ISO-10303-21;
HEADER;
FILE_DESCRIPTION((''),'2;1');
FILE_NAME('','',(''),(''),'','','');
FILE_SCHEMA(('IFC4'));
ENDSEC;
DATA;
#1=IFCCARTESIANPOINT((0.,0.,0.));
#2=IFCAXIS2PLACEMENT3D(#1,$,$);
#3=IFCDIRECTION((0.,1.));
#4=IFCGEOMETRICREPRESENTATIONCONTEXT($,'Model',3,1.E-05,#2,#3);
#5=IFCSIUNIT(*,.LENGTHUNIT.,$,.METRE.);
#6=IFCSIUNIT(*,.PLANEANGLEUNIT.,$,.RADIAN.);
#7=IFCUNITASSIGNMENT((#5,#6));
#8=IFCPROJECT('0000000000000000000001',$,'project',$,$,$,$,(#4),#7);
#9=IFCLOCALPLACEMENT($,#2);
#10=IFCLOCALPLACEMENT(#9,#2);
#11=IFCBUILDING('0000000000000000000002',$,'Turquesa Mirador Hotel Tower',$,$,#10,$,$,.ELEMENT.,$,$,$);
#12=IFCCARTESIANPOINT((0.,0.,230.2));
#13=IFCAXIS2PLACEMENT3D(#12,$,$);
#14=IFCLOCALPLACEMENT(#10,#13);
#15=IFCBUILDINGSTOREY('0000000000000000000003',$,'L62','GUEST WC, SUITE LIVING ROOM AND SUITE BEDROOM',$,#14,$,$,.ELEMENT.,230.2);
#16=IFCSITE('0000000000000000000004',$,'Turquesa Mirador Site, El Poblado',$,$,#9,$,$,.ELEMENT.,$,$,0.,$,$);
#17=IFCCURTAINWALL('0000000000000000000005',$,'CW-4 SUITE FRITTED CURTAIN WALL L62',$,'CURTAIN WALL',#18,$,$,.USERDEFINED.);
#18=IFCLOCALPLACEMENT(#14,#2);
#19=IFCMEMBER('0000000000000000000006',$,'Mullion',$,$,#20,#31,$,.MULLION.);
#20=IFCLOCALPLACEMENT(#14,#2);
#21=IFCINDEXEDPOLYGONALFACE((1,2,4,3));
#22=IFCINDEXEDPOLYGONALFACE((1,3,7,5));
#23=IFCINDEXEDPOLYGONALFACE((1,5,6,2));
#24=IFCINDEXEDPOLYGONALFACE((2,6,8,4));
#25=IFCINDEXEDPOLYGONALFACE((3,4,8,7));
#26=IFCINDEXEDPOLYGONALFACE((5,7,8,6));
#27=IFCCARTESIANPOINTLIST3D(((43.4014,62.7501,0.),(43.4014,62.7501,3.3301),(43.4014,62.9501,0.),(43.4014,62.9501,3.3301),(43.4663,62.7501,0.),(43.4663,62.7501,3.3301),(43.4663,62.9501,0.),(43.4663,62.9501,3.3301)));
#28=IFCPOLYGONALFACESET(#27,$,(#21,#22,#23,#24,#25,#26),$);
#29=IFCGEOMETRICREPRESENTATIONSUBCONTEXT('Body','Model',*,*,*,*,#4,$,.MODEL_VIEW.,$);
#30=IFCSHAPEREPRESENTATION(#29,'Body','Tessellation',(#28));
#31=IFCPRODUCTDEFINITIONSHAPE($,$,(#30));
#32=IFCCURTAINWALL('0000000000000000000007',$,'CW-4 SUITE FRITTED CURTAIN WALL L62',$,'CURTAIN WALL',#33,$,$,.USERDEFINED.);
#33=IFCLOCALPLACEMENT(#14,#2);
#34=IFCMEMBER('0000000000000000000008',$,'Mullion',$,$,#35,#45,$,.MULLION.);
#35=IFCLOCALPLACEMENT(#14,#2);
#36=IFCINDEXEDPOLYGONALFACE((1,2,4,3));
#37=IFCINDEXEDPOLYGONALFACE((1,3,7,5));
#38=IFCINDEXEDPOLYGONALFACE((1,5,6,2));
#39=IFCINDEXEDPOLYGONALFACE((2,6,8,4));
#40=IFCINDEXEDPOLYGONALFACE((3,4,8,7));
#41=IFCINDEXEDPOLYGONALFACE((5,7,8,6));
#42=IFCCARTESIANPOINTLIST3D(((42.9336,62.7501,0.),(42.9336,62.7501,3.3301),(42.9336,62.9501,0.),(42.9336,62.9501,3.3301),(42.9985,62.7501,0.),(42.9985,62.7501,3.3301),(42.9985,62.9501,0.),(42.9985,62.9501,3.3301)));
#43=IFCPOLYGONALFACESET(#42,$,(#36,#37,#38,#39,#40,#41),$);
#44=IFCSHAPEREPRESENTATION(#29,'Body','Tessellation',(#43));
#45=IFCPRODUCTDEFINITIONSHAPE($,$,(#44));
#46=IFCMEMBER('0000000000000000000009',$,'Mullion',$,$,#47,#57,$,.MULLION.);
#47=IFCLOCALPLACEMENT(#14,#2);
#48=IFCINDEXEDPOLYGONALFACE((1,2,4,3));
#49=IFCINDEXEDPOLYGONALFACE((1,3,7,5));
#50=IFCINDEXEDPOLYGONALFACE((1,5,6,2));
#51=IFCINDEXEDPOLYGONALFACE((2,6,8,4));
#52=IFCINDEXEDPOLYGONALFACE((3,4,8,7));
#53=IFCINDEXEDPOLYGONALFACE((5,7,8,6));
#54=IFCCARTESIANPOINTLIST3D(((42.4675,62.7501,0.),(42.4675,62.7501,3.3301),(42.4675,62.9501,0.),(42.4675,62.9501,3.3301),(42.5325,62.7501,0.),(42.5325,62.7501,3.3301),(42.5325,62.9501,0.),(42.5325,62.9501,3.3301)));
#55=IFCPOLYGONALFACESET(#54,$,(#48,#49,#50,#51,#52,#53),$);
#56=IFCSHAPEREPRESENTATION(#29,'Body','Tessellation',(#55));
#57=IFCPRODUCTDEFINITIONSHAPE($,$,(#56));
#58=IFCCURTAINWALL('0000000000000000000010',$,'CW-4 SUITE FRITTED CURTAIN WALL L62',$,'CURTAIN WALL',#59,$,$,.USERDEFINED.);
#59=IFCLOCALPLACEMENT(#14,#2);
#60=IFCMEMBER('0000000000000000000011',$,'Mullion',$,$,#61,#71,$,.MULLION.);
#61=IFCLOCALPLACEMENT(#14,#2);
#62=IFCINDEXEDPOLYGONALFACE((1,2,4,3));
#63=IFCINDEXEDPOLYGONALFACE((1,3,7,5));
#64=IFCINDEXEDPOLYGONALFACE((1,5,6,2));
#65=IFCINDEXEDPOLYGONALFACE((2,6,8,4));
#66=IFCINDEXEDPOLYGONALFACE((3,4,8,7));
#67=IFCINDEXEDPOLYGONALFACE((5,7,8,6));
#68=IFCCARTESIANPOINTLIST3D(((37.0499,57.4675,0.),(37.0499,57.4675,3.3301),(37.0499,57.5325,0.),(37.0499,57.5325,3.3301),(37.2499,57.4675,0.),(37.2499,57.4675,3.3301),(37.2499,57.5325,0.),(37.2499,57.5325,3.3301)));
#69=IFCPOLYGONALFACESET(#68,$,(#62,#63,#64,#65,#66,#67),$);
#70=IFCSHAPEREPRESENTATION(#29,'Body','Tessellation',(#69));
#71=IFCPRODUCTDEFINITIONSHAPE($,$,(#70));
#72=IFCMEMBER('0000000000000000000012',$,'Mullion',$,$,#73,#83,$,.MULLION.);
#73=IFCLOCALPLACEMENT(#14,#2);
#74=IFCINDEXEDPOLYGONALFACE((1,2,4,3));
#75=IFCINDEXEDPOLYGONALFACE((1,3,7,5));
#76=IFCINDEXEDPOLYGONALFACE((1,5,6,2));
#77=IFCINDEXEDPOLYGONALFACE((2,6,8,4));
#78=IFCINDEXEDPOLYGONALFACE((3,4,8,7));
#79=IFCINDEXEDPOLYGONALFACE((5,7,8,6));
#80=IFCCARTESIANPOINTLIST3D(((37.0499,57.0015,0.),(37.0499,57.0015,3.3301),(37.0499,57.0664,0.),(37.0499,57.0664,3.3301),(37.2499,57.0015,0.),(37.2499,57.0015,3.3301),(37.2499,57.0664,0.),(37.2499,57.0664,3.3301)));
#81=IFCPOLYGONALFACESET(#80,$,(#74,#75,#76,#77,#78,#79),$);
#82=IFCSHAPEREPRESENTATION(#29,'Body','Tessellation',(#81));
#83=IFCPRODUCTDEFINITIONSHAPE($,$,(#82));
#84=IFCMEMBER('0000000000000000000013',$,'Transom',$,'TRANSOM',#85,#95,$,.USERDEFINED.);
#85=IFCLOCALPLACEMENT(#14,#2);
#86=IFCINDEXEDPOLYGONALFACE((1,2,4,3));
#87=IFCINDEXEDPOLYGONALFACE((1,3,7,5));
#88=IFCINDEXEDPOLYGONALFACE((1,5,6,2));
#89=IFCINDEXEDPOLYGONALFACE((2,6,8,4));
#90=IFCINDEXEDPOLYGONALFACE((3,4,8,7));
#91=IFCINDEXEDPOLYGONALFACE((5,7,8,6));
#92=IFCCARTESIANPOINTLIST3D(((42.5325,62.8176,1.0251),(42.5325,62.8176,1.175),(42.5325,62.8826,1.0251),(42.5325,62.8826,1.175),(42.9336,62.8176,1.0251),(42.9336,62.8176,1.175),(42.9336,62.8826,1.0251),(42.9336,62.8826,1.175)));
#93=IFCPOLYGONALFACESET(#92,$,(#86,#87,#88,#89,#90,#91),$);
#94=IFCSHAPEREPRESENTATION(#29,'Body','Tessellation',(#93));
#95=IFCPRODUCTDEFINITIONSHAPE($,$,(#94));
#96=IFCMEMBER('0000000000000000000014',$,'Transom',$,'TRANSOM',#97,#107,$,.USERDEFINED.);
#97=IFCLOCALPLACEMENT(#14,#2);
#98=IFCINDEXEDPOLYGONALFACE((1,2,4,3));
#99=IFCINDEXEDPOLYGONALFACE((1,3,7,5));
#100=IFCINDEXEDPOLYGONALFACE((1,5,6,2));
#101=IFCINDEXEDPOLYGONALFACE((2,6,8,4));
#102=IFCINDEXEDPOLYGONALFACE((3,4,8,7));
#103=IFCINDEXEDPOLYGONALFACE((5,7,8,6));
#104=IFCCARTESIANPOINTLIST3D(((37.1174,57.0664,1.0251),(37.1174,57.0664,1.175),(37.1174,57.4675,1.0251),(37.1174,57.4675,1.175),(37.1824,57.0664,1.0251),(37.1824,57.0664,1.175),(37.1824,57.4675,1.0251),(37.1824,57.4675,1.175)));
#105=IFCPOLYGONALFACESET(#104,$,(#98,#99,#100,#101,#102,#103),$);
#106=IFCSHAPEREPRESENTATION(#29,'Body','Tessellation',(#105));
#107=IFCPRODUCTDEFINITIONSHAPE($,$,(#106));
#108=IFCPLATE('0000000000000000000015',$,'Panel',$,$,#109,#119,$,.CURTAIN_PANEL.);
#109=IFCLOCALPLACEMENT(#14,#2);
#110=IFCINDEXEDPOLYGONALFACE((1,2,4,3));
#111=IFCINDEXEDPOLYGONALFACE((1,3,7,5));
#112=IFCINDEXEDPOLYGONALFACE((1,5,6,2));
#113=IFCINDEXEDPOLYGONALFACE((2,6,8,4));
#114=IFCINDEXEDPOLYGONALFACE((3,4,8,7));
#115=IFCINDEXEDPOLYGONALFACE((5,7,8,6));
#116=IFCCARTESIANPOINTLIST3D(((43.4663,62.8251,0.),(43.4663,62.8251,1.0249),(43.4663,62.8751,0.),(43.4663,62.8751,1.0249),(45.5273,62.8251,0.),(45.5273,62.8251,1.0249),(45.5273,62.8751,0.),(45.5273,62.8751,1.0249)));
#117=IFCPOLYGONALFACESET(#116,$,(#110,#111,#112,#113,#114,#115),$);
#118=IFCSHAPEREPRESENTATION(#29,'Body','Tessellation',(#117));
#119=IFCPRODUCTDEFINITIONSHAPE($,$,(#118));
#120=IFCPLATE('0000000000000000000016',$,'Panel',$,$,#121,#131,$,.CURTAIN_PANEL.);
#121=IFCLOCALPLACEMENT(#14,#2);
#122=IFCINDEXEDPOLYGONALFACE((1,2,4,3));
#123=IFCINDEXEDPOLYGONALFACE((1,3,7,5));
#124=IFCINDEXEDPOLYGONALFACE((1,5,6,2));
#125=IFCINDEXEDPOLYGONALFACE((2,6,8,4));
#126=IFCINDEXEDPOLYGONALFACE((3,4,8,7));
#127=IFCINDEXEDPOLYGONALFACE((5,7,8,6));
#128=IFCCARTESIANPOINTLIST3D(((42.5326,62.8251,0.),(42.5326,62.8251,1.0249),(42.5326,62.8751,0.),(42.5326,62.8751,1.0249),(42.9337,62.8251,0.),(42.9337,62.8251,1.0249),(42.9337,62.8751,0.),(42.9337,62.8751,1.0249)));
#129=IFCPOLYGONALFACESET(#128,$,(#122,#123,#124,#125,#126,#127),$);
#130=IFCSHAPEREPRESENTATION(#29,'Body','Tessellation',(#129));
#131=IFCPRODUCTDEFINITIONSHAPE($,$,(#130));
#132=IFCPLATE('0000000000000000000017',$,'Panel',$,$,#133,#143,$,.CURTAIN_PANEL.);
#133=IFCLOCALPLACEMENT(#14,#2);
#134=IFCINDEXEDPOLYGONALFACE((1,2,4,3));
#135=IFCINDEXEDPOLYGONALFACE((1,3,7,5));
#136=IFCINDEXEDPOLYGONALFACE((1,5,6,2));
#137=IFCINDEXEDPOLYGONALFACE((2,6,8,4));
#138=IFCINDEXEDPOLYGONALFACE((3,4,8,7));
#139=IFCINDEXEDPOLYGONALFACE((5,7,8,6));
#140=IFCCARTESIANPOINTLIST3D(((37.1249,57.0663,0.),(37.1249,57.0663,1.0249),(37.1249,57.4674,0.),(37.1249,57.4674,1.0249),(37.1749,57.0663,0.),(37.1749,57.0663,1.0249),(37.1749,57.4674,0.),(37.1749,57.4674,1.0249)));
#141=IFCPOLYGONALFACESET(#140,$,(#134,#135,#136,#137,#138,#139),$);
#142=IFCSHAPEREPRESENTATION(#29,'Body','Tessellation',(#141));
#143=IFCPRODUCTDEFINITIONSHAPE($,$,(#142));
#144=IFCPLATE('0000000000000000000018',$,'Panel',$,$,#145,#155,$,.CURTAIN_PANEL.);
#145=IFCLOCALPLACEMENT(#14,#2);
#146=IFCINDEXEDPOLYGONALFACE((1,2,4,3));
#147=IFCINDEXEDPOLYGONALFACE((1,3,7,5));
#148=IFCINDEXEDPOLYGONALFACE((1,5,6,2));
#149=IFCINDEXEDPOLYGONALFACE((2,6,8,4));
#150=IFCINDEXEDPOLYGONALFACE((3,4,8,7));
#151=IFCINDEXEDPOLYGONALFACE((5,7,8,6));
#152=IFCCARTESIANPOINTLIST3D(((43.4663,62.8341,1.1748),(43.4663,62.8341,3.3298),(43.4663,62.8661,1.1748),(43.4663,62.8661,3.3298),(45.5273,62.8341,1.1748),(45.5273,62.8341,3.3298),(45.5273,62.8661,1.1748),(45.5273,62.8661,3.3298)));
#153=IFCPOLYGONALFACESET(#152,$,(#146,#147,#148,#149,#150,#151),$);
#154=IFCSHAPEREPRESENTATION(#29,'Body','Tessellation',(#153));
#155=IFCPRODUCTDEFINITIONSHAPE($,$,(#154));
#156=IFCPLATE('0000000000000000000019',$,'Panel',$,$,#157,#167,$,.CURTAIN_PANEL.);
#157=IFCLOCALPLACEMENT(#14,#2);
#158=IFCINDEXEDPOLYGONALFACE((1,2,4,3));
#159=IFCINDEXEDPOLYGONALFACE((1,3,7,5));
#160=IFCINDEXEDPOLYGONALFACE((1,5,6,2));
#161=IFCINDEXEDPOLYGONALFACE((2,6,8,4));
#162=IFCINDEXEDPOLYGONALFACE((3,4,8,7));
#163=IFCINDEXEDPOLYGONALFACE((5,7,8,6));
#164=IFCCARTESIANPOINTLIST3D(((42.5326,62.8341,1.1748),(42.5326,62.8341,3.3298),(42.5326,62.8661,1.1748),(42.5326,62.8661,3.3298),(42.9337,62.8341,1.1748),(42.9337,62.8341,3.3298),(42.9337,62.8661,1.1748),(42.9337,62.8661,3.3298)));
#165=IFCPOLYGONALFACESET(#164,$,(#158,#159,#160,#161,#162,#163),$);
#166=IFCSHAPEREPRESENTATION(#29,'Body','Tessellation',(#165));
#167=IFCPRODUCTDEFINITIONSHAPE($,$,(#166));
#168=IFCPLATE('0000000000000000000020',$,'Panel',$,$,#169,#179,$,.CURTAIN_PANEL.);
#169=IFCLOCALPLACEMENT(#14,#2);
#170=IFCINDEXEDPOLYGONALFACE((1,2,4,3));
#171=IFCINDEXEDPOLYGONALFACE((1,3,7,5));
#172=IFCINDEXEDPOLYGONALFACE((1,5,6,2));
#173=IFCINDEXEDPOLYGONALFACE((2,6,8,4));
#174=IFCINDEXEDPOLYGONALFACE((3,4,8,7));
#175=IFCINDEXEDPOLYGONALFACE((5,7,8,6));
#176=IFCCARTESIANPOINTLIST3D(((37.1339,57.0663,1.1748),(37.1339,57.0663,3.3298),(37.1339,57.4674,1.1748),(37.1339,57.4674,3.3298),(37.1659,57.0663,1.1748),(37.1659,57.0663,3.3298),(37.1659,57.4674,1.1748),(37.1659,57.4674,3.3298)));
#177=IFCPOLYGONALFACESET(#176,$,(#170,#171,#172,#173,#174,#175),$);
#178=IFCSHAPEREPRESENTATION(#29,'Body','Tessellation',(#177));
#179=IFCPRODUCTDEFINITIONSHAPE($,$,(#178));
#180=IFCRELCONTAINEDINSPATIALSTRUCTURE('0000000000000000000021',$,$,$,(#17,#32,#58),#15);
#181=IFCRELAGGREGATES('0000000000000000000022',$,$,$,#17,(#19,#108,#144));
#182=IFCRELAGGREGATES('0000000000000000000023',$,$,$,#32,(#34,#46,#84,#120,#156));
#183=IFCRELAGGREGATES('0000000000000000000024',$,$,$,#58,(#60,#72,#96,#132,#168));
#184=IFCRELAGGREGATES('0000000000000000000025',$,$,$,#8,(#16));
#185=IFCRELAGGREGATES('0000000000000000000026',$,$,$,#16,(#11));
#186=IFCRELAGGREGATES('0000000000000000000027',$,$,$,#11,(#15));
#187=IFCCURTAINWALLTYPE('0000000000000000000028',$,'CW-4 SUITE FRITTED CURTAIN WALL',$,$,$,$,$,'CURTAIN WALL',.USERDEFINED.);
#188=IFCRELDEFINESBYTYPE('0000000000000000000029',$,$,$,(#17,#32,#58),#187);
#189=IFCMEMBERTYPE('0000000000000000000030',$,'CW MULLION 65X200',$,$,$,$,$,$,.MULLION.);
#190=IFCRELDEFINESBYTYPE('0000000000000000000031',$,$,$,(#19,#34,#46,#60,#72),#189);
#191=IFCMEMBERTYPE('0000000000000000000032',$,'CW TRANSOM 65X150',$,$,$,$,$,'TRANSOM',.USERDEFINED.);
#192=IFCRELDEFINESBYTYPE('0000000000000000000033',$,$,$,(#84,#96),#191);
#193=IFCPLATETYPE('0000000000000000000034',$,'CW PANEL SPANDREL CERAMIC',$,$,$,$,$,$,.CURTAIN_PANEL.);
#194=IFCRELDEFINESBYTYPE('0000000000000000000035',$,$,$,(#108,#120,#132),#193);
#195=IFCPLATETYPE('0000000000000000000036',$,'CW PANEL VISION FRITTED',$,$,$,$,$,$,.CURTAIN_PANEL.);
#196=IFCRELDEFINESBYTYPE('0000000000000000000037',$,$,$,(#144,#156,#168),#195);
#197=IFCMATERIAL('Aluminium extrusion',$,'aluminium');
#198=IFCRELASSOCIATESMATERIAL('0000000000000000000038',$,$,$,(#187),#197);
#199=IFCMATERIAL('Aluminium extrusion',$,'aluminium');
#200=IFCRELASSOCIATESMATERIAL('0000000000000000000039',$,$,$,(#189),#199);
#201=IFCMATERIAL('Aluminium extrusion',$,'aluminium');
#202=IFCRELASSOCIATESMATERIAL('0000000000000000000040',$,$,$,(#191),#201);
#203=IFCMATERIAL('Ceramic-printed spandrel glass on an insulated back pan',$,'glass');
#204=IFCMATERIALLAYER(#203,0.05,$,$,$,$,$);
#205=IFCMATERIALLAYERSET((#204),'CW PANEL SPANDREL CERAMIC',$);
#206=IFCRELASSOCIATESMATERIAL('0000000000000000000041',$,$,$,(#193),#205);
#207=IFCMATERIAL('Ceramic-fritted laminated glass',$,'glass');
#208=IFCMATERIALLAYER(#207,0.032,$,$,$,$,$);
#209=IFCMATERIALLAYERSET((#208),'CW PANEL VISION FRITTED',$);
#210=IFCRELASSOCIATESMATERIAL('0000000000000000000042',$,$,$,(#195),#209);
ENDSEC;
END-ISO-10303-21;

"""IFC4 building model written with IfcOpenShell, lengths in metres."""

from ifc_helpers import new_model, si_unit, direction, frame, origin, origin_2d, place, context, subcontext, project, spatial, rectangle, extrude, material, layer, layer_set, material_profile, profile_set, type_object, element, aggregate, save


model = new_model("IFC4")

# Units and contexts
model_context = context("Model", 3, precision=1e-05, world=origin(), true_north=direction((0.0, 1.0)))
body_context = subcontext(model_context, "Body", "Model", "MODEL_VIEW")
ifc_project = project(units=[si_unit("LENGTHUNIT", "METRE"), si_unit("PLANEANGLEUNIT", "RADIAN")], contexts=[model_context])

# Site, building, storey
site_placement = place(None, origin())
site = spatial("IfcSite", under=ifc_project, at=site_placement, Name="Turquesa Mirador Site, El Poblado", CompositionType="ELEMENT", RefElevation=0.0)
building_placement = place(site_placement, origin())
building = spatial("IfcBuilding", under=site, at=building_placement, Name="Turquesa Mirador Hotel Tower", CompositionType="ELEMENT")
storey_placement = place(building_placement, frame((0.0, 0.0, 230.2)))
storey = spatial("IfcBuildingStorey", under=building, at=storey_placement, Name="L62", Description="GUEST WC, SUITE LIVING ROOM AND SUITE BEDROOM", CompositionType="ELEMENT", Elevation=230.2)

# Curtain wall, member
ifc_material_1 = material(Name="Aluminium extrusion", Category="aluminium")
curtain_wall_type = type_object("IfcCurtainWallType", Name="CW-4 SUITE FRITTED CURTAIN WALL", ElementType="CURTAIN WALL", PredefinedType="USERDEFINED", material=ifc_material_1)
curtain_wall_1_placement = place(storey_placement, origin())
curtain_wall_1 = element("IfcCurtainWall", 1, at=curtain_wall_1_placement, inside=storey, type_object=curtain_wall_type, Name="CW-4 SUITE FRITTED CURTAIN WALL L62", ObjectType="CURTAIN WALL", PredefinedType="USERDEFINED")
ifc_material_2 = material(Name="Aluminium extrusion", Category="aluminium")
ifc_material_profile_1 = material_profile(ifc_material_2, rectangle(XDim=0.0649, YDim=0.2, at=origin_2d()), Name="MULLION 65X200")
ifc_profile_set_1 = profile_set([ifc_material_profile_1], Name="Aluminium extrusion")
member_type_1 = type_object("IfcMemberType", Name="CW MULLION 65X200", PredefinedType="MULLION", material=ifc_profile_set_1)
member_1_placement = place(storey_placement, frame((43.4338, 62.8501, 0.0), z_axis=(0.0, 0.0, 1.0), x_axis=(-1.0, 0.0, 0.0)))
member_1 = element("IfcMember", 2, at=member_1_placement, type_object=member_type_1, Name="Mullion", PredefinedType="MULLION", context=body_context, shape_type="SweptSolid", body=[
    extrude(rectangle(XDim=0.0649, YDim=0.2, at=origin_2d()), origin(), (0.0, 0.0, 1.0), 3.3301),
])

# Curtain walls, members
curtain_wall_2_placement = place(storey_placement, origin())
curtain_wall_2 = element("IfcCurtainWall", 3, at=curtain_wall_2_placement, inside=storey, type_object=curtain_wall_type, Name="CW-4 SUITE FRITTED CURTAIN WALL L62", ObjectType="CURTAIN WALL", PredefinedType="USERDEFINED")
member_2_placement = place(storey_placement, frame((42.9661, 62.8501, 0.0), z_axis=(0.0, 0.0, 1.0), x_axis=(-1.0, 0.0, 0.0)))
member_2 = element("IfcMember", 4, at=member_2_placement, type_object=member_type_1, Name="Mullion", PredefinedType="MULLION", context=body_context, shape_type="SweptSolid", body=[
    extrude(rectangle(XDim=0.0649, YDim=0.2, at=origin_2d()), origin(), (0.0, 0.0, 1.0), 3.3301),
])
member_3_placement = place(storey_placement, frame((42.5, 62.8501, 0.0), z_axis=(0.0, 0.0, 1.0), x_axis=(-1.0, 0.0, 0.0)))
member_3 = element("IfcMember", 5, at=member_3_placement, type_object=member_type_1, Name="Mullion", PredefinedType="MULLION", context=body_context, shape_type="SweptSolid", body=[
    extrude(rectangle(XDim=0.0649, YDim=0.2, at=origin_2d()), origin(), (0.0, 0.0, 1.0), 3.3301),
])
curtain_wall_3_placement = place(storey_placement, origin())
curtain_wall_3 = element("IfcCurtainWall", 6, at=curtain_wall_3_placement, inside=storey, type_object=curtain_wall_type, Name="CW-4 SUITE FRITTED CURTAIN WALL L62", ObjectType="CURTAIN WALL", PredefinedType="USERDEFINED")
member_4_placement = place(storey_placement, frame((37.1499, 57.5, 0.0), z_axis=(0.0, 0.0, 1.0), x_axis=(0.0, -1.0, 0.0)))
member_4 = element("IfcMember", 7, at=member_4_placement, type_object=member_type_1, Name="Mullion", PredefinedType="MULLION", context=body_context, shape_type="SweptSolid", body=[
    extrude(rectangle(XDim=0.0649, YDim=0.2, at=origin_2d()), origin(), (0.0, 0.0, 1.0), 3.3301),
])
member_5_placement = place(storey_placement, frame((37.1499, 57.0339, 0.0), z_axis=(0.0, 0.0, 1.0), x_axis=(0.0, -1.0, 0.0)))
member_5 = element("IfcMember", 8, at=member_5_placement, type_object=member_type_1, Name="Mullion", PredefinedType="MULLION", context=body_context, shape_type="SweptSolid", body=[
    extrude(rectangle(XDim=0.0649, YDim=0.2, at=origin_2d()), origin(), (0.0, 0.0, 1.0), 3.3301),
])

# Members
ifc_material_3 = material(Name="Aluminium extrusion", Category="aluminium")
ifc_material_profile_2 = material_profile(ifc_material_3, rectangle(XDim=0.0649, YDim=0.1499, at=origin_2d()), Name="TRANSOM 65X150")
ifc_profile_set_2 = profile_set([ifc_material_profile_2], Name="Aluminium extrusion")
member_type_2 = type_object("IfcMemberType", Name="CW TRANSOM 65X150", ElementType="TRANSOM", PredefinedType="USERDEFINED", material=ifc_profile_set_2)
member_6_placement = place(storey_placement, frame((42.9336, 62.8501, 1.1001), z_axis=(-1.0, 0.0, 0.0), x_axis=(0.0, -1.0, 0.0)))
member_6 = element("IfcMember", 9, at=member_6_placement, type_object=member_type_2, Name="Transom", ObjectType="TRANSOM", PredefinedType="USERDEFINED", context=body_context, shape_type="SweptSolid", body=[
    extrude(rectangle(XDim=0.0649, YDim=0.1499, at=origin_2d()), origin(), (0.0, 0.0, 1.0), 0.4011),
])
member_7_placement = place(storey_placement, frame((37.1499, 57.4675, 1.1001), z_axis=(0.0, -1.0, 0.0), x_axis=(1.0, 0.0, 0.0)))
member_7 = element("IfcMember", 10, at=member_7_placement, type_object=member_type_2, Name="Transom", ObjectType="TRANSOM", PredefinedType="USERDEFINED", context=body_context, shape_type="SweptSolid", body=[
    extrude(rectangle(XDim=0.0649, YDim=0.1499, at=origin_2d()), origin(), (0.0, 0.0, 1.0), 0.4011),
])

# Plates
ifc_material_4 = material(Name="Ceramic-printed spandrel glass on an insulated back pan", Category="glass")
ifc_layer_1 = layer(ifc_material_4, 0.05)
ifc_layer_set_1 = layer_set([ifc_layer_1], Name="CW PANEL SPANDREL CERAMIC")
plate_type_1 = type_object("IfcPlateType", Name="CW PANEL SPANDREL CERAMIC", PredefinedType="CURTAIN_PANEL", material=ifc_layer_set_1)
plate_1_placement = place(storey_placement, frame((44.4968, 62.8501, 0.0), z_axis=(0.0, 0.0, 1.0), x_axis=(-1.0, 0.0, 0.0)))
plate_1 = element("IfcPlate", 11, at=plate_1_placement, type_object=plate_type_1, Name="Panel", PredefinedType="CURTAIN_PANEL", context=body_context, shape_type="SweptSolid", body=[
    extrude(rectangle(XDim=2.061, YDim=0.05, at=origin_2d()), origin(), (0.0, 0.0, 1.0), 1.0249),
])
plate_2_placement = place(storey_placement, frame((42.7332, 62.8501, 0.0), z_axis=(0.0, 0.0, 1.0), x_axis=(-1.0, 0.0, 0.0)))
plate_2 = element("IfcPlate", 12, at=plate_2_placement, type_object=plate_type_1, Name="Panel", PredefinedType="CURTAIN_PANEL", context=body_context, shape_type="SweptSolid", body=[
    extrude(rectangle(XDim=0.4011, YDim=0.05, at=origin_2d()), origin(), (0.0, 0.0, 1.0), 1.0249),
])
plate_3_placement = place(storey_placement, frame((37.1499, 57.2668, 0.0), z_axis=(0.0, 0.0, 1.0), x_axis=(0.0, -1.0, 0.0)))
plate_3 = element("IfcPlate", 13, at=plate_3_placement, type_object=plate_type_1, Name="Panel", PredefinedType="CURTAIN_PANEL", context=body_context, shape_type="SweptSolid", body=[
    extrude(rectangle(XDim=0.4011, YDim=0.05, at=origin_2d()), origin(), (0.0, 0.0, 1.0), 1.0249),
])
ifc_material_5 = material(Name="Ceramic-fritted laminated glass", Category="glass")
ifc_layer_2 = layer(ifc_material_5, 0.032)
ifc_layer_set_2 = layer_set([ifc_layer_2], Name="CW PANEL VISION FRITTED")
plate_type_2 = type_object("IfcPlateType", Name="CW PANEL VISION FRITTED", PredefinedType="CURTAIN_PANEL", material=ifc_layer_set_2)
plate_4_placement = place(storey_placement, frame((44.4968, 62.8501, 1.1748), z_axis=(0.0, 0.0, 1.0), x_axis=(-1.0, 0.0, 0.0)))
plate_4 = element("IfcPlate", 14, at=plate_4_placement, type_object=plate_type_2, Name="Panel", PredefinedType="CURTAIN_PANEL", context=body_context, shape_type="SweptSolid", body=[
    extrude(rectangle(XDim=2.061, YDim=0.032, at=origin_2d()), origin(), (0.0, 0.0, 1.0), 2.155),
])
aggregate(curtain_wall_1, [member_1, plate_1, plate_4])
plate_5_placement = place(storey_placement, frame((42.7332, 62.8501, 1.1748), z_axis=(0.0, 0.0, 1.0), x_axis=(-1.0, 0.0, 0.0)))
plate_5 = element("IfcPlate", 15, at=plate_5_placement, type_object=plate_type_2, Name="Panel", PredefinedType="CURTAIN_PANEL", context=body_context, shape_type="SweptSolid", body=[
    extrude(rectangle(XDim=0.4011, YDim=0.032, at=origin_2d()), origin(), (0.0, 0.0, 1.0), 2.155),
])
aggregate(curtain_wall_2, [member_2, member_3, member_6, plate_2, plate_5])
plate_6_placement = place(storey_placement, frame((37.1499, 57.2668, 1.1748), z_axis=(0.0, 0.0, 1.0), x_axis=(0.0, -1.0, 0.0)))
plate_6 = element("IfcPlate", 16, at=plate_6_placement, type_object=plate_type_2, Name="Panel", PredefinedType="CURTAIN_PANEL", context=body_context, shape_type="SweptSolid", body=[
    extrude(rectangle(XDim=0.4011, YDim=0.032, at=origin_2d()), origin(), (0.0, 0.0, 1.0), 2.155),
])
aggregate(curtain_wall_3, [member_4, member_5, member_7, plate_3, plate_6])

save(model, "model.ifc")
